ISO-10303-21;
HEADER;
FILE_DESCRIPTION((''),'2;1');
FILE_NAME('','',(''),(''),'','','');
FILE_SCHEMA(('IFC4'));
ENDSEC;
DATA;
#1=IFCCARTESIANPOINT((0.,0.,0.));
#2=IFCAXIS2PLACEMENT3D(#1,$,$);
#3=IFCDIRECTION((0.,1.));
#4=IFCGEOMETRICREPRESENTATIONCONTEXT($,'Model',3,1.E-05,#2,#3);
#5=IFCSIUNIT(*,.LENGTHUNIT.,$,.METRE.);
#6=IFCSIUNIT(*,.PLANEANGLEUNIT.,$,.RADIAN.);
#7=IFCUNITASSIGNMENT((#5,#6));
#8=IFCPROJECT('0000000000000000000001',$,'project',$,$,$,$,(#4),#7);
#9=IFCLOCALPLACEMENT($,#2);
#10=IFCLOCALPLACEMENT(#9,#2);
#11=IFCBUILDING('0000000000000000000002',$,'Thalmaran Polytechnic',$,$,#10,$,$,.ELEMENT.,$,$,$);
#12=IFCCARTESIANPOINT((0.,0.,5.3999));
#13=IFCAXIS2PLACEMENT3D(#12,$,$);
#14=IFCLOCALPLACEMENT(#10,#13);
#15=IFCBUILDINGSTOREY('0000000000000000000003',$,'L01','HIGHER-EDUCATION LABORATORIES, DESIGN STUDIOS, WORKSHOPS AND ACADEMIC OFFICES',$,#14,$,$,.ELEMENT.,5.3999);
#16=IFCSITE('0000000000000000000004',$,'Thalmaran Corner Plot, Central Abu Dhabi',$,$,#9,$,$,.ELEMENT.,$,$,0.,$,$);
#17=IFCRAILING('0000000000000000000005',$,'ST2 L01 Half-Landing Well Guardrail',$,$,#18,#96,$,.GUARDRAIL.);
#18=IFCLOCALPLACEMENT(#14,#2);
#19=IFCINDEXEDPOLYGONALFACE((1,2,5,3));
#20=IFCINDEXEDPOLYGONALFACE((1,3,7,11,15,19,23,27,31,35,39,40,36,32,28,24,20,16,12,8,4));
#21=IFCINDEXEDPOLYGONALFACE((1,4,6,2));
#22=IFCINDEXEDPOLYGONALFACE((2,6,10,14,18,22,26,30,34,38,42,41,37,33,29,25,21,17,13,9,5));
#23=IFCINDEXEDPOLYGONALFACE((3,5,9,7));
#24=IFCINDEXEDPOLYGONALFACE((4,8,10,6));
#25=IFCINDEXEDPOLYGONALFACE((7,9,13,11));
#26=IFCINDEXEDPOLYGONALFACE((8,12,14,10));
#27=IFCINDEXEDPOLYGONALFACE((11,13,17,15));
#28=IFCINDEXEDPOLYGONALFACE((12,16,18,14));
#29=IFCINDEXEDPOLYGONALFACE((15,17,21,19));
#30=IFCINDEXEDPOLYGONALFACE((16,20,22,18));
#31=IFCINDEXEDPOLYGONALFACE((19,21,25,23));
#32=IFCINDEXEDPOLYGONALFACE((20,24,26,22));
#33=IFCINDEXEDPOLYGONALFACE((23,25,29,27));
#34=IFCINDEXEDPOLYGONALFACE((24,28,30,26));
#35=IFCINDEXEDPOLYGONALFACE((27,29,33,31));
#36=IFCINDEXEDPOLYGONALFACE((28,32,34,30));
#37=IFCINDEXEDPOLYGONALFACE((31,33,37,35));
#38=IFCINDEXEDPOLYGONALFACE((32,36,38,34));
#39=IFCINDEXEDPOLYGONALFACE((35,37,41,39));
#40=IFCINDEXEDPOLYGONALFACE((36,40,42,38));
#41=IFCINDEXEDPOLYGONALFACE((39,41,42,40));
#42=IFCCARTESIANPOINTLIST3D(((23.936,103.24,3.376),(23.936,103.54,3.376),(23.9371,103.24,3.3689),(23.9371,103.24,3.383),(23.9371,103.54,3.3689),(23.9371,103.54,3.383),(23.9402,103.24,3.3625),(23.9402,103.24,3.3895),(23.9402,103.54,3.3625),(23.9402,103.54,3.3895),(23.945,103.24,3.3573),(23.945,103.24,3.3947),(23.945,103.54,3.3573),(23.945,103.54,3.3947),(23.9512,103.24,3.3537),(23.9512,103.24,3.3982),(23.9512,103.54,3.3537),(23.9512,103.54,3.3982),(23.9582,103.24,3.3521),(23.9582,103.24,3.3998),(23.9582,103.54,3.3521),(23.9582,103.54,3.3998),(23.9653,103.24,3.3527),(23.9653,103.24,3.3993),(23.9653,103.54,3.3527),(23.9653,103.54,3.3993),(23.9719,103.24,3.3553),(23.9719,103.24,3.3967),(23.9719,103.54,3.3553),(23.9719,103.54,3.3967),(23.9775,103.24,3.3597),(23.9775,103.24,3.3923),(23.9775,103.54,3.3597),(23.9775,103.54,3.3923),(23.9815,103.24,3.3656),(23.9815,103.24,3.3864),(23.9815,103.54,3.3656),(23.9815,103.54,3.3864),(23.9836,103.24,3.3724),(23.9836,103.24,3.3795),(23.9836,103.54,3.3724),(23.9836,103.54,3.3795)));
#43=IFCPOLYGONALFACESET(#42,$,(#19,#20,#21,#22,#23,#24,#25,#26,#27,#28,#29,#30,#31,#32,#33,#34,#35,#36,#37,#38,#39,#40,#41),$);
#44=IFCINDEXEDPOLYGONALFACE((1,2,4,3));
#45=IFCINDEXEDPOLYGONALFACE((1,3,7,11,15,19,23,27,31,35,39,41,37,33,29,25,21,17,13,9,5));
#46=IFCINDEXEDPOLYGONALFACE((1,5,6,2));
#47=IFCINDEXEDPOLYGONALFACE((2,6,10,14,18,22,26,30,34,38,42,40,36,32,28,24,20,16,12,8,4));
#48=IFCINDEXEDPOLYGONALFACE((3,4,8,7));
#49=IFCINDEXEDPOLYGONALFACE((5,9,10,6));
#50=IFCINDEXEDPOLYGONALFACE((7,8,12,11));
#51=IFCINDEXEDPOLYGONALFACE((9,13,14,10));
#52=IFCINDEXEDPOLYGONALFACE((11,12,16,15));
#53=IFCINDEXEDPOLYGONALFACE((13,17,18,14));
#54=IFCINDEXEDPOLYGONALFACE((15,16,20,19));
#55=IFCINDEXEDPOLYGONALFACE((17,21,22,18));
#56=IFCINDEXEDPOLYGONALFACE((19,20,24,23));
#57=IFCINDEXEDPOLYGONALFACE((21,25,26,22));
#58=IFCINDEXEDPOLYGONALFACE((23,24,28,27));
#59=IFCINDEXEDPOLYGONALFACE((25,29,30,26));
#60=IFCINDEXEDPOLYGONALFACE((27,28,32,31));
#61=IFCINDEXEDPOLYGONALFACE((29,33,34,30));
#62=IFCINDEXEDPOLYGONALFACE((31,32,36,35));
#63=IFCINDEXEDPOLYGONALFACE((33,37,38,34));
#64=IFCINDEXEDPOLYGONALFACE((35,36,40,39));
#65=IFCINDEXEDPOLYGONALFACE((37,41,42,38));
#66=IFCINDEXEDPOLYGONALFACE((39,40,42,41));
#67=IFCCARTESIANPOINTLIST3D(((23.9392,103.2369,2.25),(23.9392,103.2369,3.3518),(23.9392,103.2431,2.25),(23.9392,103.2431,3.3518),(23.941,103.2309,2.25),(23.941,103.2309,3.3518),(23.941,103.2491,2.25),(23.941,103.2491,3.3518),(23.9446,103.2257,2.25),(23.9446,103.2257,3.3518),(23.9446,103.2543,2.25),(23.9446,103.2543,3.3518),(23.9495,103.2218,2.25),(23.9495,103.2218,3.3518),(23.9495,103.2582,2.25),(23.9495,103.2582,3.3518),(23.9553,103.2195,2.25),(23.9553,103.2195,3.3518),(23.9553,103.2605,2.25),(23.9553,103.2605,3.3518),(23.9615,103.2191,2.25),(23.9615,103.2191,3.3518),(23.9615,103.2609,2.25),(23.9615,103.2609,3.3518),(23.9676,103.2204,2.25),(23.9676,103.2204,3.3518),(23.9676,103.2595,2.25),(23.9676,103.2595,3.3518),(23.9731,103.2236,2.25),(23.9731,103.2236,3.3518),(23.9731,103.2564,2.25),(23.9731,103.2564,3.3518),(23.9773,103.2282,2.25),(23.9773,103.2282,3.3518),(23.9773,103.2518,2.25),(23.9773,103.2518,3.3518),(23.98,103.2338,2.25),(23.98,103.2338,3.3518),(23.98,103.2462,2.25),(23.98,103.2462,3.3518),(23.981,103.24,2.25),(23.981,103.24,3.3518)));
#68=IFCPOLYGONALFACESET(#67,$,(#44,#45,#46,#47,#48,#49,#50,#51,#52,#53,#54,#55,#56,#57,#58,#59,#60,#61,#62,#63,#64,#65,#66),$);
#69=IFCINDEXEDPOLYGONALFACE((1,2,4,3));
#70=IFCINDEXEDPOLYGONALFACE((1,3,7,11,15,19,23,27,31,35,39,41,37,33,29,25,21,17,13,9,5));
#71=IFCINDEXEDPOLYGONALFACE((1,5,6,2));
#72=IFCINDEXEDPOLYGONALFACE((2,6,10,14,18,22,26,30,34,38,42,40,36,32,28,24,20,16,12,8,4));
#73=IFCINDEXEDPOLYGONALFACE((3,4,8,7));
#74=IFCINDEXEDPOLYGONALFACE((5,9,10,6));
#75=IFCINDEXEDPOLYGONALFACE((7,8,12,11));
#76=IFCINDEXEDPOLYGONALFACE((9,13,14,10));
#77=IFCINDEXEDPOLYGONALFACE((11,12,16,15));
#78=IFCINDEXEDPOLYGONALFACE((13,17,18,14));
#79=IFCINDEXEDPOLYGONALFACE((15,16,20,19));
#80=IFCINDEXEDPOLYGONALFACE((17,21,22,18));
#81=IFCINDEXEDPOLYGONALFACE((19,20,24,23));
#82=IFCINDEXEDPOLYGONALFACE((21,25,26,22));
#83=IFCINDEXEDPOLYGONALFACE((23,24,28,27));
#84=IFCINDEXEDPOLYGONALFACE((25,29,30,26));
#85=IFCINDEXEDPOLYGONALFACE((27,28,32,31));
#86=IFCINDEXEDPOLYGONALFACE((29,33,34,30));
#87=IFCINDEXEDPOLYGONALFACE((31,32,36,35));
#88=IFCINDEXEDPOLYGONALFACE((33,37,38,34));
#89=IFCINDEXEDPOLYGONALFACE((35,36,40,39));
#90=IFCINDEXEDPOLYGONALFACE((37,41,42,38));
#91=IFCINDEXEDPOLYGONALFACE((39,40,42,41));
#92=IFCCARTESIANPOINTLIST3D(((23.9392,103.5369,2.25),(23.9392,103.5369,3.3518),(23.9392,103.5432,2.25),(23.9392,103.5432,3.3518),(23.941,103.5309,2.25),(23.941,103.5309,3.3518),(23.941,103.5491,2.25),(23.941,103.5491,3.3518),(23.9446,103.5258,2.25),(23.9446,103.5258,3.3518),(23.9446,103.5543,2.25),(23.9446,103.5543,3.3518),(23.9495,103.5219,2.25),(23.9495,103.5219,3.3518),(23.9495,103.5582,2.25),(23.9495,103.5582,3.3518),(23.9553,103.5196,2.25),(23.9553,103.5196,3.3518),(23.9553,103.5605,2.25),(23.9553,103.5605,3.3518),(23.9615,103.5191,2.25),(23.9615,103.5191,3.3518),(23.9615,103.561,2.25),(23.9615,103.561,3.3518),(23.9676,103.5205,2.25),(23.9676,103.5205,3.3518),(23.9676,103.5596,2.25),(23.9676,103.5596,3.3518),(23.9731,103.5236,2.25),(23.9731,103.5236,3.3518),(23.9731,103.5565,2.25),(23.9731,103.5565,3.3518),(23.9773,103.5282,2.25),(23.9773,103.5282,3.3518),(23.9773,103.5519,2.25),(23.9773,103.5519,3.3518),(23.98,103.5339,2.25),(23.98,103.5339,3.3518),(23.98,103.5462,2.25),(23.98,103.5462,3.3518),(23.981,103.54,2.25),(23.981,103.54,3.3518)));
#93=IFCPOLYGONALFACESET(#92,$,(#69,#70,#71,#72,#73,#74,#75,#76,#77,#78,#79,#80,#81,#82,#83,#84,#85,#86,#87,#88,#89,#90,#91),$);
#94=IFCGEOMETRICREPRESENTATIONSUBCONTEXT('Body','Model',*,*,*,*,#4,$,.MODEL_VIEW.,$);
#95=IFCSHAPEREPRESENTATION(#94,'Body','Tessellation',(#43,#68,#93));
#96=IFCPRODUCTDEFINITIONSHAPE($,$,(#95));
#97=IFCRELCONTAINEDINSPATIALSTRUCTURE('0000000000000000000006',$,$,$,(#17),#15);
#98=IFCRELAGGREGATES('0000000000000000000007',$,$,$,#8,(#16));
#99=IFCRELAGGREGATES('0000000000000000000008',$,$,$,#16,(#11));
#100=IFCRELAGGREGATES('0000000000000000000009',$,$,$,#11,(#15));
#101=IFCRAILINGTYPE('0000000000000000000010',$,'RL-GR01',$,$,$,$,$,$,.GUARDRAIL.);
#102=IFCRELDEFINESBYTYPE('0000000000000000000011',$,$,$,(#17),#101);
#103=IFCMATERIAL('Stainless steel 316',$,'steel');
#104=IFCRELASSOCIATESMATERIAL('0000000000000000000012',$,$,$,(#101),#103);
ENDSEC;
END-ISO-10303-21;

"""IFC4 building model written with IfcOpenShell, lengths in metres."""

from ifc_helpers import new_model, si_unit, direction, frame, origin, origin_2d, place, context, subcontext, project, spatial, circle, extrude, material, type_object, element, save


model = new_model("IFC4")

# Units and contexts
model_context = context("Model", 3, precision=1e-05, world=origin(), true_north=direction((0.0, 1.0)))
body_context = subcontext(model_context, "Body", "Model", "MODEL_VIEW")
ifc_project = project(units=[si_unit("LENGTHUNIT", "METRE"), si_unit("PLANEANGLEUNIT", "RADIAN")], contexts=[model_context])

# Site, building, storey
site_placement = place(None, origin())
site = spatial("IfcSite", under=ifc_project, at=site_placement, Name="Thalmaran Corner Plot, Central Abu Dhabi", CompositionType="ELEMENT", RefElevation=0.0)
building_placement = place(site_placement, origin())
building = spatial("IfcBuilding", under=site, at=building_placement, Name="Thalmaran Polytechnic", CompositionType="ELEMENT")
storey_placement = place(building_placement, frame((0.0, 0.0, 5.3999)))
storey = spatial("IfcBuildingStorey", under=building, at=storey_placement, Name="L01", Description="HIGHER-EDUCATION LABORATORIES, DESIGN STUDIOS, WORKSHOPS AND ACADEMIC OFFICES", CompositionType="ELEMENT", Elevation=5.3999)

# Railing
ifc_material_1 = material(Name="Stainless steel 316", Category="steel")
railing_type = type_object("IfcRailingType", Name="RL-GR01", PredefinedType="GUARDRAIL", material=ifc_material_1)
railing_1_placement = place(storey_placement, frame((23.96, 103.24, 2.25)))
element("IfcRailing", 1, at=railing_1_placement, inside=storey, type_object=railing_type, Name="ST2 L01 Half-Landing Well Guardrail", PredefinedType="GUARDRAIL", context=body_context, shape_type="SweptSolid", body=[
    extrude(circle(Radius=0.0239, at=origin_2d()), frame((0.0, 0.0, 1.126), z_axis=(0.0, 1.0, 0.0), x_axis=(-1.0, 0.0, 0.0)), (0.0, 0.0, 1.0), 0.3),
    extrude(circle(Radius=0.021, at=origin_2d()), origin(), (0.0, 0.0, 1.0), 1.1018),
    extrude(circle(Radius=0.021, at=origin_2d()), frame((0.0, 0.3, 0.0)), (0.0, 0.0, 1.0), 1.1018),
])

save(model, "model.ifc")
